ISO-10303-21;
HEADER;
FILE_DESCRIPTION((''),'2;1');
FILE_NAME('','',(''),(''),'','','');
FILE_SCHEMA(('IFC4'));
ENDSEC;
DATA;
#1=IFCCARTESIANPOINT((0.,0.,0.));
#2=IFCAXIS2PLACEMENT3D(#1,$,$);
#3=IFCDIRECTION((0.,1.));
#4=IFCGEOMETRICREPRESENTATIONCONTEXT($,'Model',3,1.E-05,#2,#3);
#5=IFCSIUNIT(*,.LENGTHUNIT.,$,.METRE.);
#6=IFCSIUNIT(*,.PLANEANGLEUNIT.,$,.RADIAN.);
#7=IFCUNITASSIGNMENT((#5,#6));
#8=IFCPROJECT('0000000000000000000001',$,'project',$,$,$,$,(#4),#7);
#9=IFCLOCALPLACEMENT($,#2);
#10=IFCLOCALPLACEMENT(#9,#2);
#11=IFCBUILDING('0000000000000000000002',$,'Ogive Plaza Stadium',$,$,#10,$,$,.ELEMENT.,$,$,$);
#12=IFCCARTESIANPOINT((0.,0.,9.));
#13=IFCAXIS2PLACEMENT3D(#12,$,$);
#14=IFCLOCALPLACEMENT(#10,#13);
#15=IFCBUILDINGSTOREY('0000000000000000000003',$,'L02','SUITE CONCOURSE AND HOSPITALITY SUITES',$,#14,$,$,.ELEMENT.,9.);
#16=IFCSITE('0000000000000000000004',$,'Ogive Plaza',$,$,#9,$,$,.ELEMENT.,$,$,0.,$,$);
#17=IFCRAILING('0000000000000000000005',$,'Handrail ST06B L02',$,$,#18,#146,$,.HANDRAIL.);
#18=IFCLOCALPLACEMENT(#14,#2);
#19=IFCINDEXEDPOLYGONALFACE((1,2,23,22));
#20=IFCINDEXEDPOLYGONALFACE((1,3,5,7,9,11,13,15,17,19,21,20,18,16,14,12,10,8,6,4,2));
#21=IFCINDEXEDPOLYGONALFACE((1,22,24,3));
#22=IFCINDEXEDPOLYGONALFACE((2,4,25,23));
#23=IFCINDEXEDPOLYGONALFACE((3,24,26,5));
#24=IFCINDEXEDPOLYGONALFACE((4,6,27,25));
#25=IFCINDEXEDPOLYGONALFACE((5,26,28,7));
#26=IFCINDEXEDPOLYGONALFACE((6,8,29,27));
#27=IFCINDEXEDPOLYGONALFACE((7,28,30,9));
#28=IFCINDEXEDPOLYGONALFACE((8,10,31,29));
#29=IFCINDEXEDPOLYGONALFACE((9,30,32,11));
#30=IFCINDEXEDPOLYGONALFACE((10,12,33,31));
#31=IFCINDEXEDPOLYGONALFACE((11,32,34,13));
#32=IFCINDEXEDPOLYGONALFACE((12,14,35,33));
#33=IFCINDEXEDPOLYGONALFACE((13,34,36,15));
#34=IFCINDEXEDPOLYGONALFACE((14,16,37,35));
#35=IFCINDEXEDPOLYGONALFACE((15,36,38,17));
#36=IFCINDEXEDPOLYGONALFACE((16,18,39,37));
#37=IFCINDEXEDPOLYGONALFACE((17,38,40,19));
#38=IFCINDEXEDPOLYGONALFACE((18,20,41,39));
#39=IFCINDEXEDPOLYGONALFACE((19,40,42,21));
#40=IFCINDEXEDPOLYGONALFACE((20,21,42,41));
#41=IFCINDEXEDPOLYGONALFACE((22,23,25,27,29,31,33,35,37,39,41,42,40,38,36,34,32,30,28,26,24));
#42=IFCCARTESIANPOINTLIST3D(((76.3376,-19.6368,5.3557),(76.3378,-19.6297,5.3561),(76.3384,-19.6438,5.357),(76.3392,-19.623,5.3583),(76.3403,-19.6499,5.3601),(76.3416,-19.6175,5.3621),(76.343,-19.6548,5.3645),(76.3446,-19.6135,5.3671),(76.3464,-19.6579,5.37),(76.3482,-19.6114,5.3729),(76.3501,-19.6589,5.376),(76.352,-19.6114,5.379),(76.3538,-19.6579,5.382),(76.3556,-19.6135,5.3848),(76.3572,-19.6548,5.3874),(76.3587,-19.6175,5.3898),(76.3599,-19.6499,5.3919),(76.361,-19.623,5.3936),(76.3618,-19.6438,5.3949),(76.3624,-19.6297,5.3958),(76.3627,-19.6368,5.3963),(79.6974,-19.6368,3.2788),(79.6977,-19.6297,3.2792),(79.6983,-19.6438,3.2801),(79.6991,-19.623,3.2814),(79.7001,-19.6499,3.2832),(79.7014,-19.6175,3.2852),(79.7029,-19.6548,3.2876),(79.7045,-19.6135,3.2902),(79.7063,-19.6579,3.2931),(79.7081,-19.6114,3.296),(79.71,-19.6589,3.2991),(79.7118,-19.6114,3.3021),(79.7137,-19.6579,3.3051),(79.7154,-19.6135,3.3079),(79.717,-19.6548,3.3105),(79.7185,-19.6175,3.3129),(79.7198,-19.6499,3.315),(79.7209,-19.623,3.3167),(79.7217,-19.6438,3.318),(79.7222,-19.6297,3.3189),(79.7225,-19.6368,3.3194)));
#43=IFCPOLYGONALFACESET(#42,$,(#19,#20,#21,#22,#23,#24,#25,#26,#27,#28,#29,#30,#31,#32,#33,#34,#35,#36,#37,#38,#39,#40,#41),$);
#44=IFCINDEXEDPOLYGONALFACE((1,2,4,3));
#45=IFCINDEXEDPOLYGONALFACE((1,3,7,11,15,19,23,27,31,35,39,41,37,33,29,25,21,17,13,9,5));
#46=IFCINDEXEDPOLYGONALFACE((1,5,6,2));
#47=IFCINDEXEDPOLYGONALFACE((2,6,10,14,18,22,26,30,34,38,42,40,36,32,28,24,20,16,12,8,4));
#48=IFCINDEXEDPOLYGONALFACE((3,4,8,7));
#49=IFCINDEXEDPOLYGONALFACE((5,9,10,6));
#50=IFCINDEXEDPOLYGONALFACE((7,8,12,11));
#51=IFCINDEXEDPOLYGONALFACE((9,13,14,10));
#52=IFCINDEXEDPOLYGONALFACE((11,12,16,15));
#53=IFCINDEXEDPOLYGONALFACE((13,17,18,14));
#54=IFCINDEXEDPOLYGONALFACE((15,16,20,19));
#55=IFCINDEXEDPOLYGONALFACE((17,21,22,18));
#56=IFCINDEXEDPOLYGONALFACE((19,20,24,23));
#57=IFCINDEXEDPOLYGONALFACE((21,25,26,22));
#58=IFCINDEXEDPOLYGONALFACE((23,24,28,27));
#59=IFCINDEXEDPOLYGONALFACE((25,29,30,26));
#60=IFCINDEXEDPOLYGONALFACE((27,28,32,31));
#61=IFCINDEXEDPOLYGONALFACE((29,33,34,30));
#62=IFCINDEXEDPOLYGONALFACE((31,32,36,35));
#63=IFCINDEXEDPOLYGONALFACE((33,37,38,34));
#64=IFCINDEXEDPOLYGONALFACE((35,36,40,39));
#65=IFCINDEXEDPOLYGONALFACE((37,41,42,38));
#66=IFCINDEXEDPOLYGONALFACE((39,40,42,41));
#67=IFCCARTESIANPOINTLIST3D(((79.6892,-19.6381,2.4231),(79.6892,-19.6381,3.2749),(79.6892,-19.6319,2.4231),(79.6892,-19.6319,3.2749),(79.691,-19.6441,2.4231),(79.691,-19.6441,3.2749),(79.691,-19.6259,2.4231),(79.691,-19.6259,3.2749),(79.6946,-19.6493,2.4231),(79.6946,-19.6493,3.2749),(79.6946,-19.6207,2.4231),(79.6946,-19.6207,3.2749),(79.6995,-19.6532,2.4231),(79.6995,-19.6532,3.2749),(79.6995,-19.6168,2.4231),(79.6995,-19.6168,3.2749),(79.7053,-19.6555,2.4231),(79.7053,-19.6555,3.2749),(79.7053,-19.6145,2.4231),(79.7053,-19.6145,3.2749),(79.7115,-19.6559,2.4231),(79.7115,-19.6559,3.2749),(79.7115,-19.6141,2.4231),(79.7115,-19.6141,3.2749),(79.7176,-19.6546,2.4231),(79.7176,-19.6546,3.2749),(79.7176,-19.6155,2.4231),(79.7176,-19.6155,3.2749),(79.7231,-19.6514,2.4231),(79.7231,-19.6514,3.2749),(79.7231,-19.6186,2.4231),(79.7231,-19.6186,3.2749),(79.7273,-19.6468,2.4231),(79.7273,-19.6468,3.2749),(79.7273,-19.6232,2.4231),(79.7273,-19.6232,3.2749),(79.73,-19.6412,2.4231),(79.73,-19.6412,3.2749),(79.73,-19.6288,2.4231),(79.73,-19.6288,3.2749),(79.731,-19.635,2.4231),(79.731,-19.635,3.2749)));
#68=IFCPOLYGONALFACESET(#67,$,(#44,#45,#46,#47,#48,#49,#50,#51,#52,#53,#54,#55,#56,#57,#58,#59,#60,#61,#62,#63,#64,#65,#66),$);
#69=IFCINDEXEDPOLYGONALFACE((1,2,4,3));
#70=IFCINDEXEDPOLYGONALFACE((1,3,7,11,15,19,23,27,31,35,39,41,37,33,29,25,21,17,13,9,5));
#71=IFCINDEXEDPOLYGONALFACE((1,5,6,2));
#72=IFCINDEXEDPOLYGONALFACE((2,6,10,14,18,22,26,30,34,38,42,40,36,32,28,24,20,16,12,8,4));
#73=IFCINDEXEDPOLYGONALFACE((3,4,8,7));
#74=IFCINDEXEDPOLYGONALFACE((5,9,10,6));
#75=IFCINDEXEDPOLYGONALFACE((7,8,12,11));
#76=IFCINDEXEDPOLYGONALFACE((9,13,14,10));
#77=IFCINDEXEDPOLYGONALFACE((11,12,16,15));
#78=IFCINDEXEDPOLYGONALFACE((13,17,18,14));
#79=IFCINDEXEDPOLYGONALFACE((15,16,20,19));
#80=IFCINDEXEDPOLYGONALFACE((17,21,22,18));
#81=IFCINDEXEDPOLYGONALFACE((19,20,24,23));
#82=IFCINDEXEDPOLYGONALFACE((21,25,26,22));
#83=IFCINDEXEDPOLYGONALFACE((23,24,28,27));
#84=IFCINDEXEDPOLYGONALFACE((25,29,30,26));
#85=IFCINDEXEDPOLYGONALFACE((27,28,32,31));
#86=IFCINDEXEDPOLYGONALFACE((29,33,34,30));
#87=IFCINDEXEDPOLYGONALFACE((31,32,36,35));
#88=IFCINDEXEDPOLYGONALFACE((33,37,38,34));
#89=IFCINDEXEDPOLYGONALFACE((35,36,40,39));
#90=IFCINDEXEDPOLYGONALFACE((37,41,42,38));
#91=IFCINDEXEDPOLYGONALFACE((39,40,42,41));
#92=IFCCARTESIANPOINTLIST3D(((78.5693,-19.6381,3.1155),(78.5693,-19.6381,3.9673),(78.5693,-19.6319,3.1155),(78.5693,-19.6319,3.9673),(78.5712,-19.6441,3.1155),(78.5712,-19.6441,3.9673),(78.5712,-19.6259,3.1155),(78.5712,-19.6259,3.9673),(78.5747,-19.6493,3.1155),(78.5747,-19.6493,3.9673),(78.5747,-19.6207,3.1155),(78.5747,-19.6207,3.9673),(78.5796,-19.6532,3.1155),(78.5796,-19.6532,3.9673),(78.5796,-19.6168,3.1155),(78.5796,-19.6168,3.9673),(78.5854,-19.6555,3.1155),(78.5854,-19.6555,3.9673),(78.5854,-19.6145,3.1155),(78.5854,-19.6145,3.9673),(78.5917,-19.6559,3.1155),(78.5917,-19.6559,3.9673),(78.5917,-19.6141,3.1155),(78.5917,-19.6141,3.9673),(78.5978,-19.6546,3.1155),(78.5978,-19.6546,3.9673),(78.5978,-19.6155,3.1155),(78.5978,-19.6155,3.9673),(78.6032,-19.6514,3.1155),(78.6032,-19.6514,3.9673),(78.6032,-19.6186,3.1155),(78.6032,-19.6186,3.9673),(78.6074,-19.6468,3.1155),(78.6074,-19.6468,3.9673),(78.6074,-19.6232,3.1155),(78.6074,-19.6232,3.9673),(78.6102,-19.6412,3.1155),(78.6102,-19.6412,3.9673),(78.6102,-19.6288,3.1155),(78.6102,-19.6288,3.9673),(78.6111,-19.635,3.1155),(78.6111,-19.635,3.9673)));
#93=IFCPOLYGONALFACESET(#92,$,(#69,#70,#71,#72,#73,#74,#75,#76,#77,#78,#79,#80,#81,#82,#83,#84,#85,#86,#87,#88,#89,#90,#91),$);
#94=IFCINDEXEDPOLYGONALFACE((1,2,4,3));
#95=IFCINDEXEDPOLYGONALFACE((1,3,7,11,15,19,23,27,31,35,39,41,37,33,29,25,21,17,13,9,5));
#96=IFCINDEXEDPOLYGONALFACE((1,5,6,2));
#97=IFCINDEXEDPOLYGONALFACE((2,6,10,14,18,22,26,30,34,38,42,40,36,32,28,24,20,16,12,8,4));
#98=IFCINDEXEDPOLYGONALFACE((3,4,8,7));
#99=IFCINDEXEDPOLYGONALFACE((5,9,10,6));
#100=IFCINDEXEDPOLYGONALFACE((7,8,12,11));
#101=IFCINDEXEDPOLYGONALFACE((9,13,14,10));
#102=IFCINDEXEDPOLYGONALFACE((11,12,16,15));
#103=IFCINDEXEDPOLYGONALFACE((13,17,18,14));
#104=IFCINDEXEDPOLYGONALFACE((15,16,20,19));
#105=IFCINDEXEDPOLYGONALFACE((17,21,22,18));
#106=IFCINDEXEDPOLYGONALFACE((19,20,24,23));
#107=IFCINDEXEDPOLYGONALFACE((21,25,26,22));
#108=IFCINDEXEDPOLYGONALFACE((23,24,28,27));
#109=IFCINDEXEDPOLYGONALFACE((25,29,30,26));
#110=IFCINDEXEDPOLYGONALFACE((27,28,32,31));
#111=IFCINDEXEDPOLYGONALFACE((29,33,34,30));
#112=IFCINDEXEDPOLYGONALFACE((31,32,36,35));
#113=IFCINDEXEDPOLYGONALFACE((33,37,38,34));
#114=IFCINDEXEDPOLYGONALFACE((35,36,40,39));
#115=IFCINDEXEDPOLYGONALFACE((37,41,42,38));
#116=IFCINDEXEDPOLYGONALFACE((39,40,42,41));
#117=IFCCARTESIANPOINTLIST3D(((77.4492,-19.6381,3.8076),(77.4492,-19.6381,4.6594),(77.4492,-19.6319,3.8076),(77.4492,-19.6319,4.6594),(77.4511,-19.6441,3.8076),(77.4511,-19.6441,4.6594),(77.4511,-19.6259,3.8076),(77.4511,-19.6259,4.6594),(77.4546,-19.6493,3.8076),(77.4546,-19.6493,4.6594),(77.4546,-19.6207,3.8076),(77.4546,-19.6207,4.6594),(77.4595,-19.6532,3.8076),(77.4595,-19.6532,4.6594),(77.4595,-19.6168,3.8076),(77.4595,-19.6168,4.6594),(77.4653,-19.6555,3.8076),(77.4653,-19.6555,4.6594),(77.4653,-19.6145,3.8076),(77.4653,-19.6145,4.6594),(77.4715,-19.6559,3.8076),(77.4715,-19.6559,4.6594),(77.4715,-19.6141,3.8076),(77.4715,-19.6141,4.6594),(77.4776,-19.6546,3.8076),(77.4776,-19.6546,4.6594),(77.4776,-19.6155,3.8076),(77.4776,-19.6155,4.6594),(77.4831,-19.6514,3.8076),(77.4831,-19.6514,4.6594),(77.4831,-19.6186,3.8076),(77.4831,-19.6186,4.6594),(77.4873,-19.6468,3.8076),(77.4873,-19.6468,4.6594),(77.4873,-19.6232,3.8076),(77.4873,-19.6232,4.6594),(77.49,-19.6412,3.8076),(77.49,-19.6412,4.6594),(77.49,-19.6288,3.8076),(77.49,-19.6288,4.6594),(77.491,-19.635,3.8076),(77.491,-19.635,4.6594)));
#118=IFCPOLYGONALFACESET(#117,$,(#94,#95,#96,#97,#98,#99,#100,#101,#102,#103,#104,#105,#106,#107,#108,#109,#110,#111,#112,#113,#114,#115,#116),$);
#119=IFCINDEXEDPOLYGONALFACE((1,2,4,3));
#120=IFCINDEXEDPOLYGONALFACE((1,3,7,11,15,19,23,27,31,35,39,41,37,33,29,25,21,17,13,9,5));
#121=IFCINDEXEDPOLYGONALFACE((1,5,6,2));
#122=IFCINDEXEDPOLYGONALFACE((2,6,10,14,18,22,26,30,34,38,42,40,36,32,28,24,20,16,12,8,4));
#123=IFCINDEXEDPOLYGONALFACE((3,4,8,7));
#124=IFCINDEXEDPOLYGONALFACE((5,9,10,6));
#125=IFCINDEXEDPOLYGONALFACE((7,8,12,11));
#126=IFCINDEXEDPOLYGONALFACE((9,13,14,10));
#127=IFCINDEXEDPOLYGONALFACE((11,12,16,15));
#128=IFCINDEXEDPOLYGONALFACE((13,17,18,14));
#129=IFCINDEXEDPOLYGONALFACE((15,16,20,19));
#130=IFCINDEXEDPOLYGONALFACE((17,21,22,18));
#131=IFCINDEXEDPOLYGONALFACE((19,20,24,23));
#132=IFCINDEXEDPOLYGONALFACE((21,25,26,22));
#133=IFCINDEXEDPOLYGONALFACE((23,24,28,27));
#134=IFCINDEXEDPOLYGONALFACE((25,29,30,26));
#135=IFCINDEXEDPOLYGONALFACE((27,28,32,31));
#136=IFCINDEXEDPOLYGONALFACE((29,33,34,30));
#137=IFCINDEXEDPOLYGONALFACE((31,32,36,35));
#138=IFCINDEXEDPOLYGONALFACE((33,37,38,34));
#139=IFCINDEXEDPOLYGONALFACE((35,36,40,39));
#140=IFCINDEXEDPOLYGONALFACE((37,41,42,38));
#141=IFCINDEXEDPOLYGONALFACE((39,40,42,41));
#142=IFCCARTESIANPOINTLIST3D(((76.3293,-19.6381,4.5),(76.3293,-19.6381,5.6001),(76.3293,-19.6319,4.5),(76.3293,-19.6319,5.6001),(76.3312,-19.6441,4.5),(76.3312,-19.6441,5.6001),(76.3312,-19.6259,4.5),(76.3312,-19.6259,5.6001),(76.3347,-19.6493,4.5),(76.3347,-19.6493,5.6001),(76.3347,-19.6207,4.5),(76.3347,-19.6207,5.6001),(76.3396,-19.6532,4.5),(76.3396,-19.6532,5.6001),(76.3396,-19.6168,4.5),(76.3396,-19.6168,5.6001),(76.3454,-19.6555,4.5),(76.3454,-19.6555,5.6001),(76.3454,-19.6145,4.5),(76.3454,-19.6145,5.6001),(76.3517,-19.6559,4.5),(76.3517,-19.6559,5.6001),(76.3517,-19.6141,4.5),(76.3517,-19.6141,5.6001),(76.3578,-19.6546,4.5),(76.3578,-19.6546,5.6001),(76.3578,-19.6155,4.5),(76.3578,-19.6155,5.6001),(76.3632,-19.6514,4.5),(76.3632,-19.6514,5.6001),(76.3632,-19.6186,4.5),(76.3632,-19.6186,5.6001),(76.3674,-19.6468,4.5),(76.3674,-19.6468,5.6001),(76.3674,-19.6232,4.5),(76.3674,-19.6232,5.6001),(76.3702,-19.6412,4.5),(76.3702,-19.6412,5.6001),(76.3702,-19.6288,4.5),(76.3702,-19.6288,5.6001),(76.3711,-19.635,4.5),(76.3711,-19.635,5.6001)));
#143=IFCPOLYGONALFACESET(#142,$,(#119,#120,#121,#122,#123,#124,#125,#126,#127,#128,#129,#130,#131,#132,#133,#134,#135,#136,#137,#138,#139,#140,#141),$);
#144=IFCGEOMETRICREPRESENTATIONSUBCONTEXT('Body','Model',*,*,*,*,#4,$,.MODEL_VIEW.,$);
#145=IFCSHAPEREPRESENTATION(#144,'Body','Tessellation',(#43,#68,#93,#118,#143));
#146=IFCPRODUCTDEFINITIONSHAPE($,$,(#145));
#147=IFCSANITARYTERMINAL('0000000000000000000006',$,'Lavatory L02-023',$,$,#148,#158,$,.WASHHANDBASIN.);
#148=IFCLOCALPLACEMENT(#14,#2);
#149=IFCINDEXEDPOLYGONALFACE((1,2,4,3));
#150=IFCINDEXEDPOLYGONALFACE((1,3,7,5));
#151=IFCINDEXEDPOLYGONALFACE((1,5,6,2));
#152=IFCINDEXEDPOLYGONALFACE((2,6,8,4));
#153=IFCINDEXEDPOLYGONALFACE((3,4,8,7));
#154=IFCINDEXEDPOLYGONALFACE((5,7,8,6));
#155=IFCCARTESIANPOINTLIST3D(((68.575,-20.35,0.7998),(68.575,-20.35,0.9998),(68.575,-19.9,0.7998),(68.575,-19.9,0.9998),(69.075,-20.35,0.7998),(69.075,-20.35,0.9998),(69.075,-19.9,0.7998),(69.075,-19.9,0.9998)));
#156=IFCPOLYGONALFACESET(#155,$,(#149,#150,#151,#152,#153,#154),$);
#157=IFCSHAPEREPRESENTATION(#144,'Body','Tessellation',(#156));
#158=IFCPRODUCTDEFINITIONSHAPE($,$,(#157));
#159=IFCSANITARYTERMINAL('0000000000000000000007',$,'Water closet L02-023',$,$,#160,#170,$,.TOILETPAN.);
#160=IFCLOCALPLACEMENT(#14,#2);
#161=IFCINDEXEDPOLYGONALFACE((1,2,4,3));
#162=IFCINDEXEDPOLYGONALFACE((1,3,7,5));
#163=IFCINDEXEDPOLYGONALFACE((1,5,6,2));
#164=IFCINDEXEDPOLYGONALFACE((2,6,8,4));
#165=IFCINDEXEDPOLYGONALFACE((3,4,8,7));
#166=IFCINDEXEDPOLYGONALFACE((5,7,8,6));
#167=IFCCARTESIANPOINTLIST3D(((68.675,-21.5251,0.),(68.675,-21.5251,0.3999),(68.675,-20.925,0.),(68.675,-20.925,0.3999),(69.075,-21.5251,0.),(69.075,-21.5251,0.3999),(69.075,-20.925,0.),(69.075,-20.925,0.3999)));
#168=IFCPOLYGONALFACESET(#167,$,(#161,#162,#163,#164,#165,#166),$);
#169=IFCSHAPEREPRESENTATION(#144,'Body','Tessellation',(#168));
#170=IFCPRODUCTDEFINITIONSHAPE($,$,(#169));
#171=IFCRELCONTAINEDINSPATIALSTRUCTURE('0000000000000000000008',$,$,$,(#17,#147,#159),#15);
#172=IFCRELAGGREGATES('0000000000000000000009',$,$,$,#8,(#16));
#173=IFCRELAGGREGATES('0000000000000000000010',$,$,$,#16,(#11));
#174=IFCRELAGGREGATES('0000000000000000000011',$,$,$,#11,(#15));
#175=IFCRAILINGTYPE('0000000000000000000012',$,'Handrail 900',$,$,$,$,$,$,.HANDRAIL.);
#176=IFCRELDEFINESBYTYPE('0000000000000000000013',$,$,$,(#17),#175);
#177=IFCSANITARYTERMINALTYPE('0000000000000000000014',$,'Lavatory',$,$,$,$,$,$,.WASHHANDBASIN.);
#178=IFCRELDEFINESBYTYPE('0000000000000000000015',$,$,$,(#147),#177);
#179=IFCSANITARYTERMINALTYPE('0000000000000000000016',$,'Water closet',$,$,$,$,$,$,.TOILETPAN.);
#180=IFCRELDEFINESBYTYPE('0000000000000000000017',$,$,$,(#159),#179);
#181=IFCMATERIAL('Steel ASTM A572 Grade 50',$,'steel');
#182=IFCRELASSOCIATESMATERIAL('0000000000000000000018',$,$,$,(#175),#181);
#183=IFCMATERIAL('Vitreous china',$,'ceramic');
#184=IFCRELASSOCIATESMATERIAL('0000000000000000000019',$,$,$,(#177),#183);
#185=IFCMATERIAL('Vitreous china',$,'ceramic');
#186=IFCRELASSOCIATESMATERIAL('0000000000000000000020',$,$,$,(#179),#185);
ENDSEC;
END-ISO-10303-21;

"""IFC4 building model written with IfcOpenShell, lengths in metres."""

from ifc_helpers import new_model, si_unit, direction, frame, origin, origin_2d, place, context, subcontext, project, spatial, rectangle, circle, extrude, material, type_object, element, save


model = new_model("IFC4")

# Units and contexts
model_context = context("Model", 3, precision=1e-05, world=origin(), true_north=direction((0.0, 1.0)))
body_context = subcontext(model_context, "Body", "Model", "MODEL_VIEW")
ifc_project = project(units=[si_unit("LENGTHUNIT", "METRE"), si_unit("PLANEANGLEUNIT", "RADIAN")], contexts=[model_context])

# Site, building, storey
site_placement = place(None, origin())
site = spatial("IfcSite", under=ifc_project, at=site_placement, Name="Ogive Plaza", CompositionType="ELEMENT", RefElevation=0.0)
building_placement = place(site_placement, origin())
building = spatial("IfcBuilding", under=site, at=building_placement, Name="Ogive Plaza Stadium", CompositionType="ELEMENT")
storey_placement = place(building_placement, frame((0.0, 0.0, 9.0)))
storey = spatial("IfcBuildingStorey", under=building, at=storey_placement, Name="L02", Description="SUITE CONCOURSE AND HOSPITALITY SUITES", CompositionType="ELEMENT", Elevation=9.0)

# Railing
ifc_material_1 = material(Name="Steel ASTM A572 Grade 50", Category="steel")
railing_type_1 = type_object("IfcRailingType", Name="Handrail 900", PredefinedType="HANDRAIL", material=ifc_material_1)
for number, where, name in (
    (1, (79.71, -19.635, 2.4231), "Handrail ST06B L02"),
):
    element("IfcRailing", number, at=place(storey_placement, frame(where)), inside=storey, type_object=railing_type_1, Name=name, PredefinedType="HANDRAIL", context=body_context, shape_type="SweptSolid", body=[
        extrude(circle(Radius=0.0239, at=origin_2d()), frame((0.0, 0.0, 0.876), z_axis=(-0.850606, 0.0, 0.525803), x_axis=(0.0, -1.0, 0.0)), (0.0, 0.0, 1.0), 3.95),
        extrude(circle(Radius=0.021, at=origin_2d()), origin(), (0.0, 0.0, 1.0), 0.8518),
        extrude(circle(Radius=0.021, at=origin_2d()), frame((-1.1199, 0.0, 0.6924)), (0.0, 0.0, 1.0), 0.8518),
        extrude(circle(Radius=0.021, at=origin_2d()), frame((-2.24, 0.0, 1.3845)), (0.0, 0.0, 1.0), 0.8518),
        extrude(circle(Radius=0.021, at=origin_2d()), frame((-3.3599, 0.0, 2.0769)), (0.0, 0.0, 1.0), 1.1001),
    ])

# Sanitary terminals
ifc_material_2 = material(Name="Vitreous china", Category="ceramic")
sanitary_terminal_type_1 = type_object("IfcSanitaryTerminalType", Name="Lavatory", PredefinedType="WASHHANDBASIN", material=ifc_material_2)
sanitary_terminal_1_placement = place(storey_placement, frame((68.825, -20.125, 0.7998), z_axis=(0.0, 0.0, 1.0), x_axis=(-1.0, 0.0, 0.0)))
element("IfcSanitaryTerminal", 2, at=sanitary_terminal_1_placement, inside=storey, type_object=sanitary_terminal_type_1, Name="Lavatory L02-023", PredefinedType="WASHHANDBASIN", context=body_context, shape_type="SweptSolid", body=[
    extrude(rectangle(XDim=0.5, YDim=0.45, at=origin_2d()), origin(), (0.0, 0.0, 1.0), 0.2),
])
ifc_material_3 = material(Name="Vitreous china", Category="ceramic")
sanitary_terminal_type_2 = type_object("IfcSanitaryTerminalType", Name="Water closet", PredefinedType="TOILETPAN", material=ifc_material_3)
sanitary_terminal_2_placement = place(storey_placement, frame((68.875, -21.2251, 0.0), z_axis=(0.0, 0.0, 1.0), x_axis=(-1.0, 0.0, 0.0)))
element("IfcSanitaryTerminal", 3, at=sanitary_terminal_2_placement, inside=storey, type_object=sanitary_terminal_type_2, Name="Water closet L02-023", PredefinedType="TOILETPAN", context=body_context, shape_type="SweptSolid", body=[
    extrude(rectangle(XDim=0.3999, YDim=0.6001, at=origin_2d()), origin(), (0.0, 0.0, 1.0), 0.3999),
])

save(model, "model.ifc")
